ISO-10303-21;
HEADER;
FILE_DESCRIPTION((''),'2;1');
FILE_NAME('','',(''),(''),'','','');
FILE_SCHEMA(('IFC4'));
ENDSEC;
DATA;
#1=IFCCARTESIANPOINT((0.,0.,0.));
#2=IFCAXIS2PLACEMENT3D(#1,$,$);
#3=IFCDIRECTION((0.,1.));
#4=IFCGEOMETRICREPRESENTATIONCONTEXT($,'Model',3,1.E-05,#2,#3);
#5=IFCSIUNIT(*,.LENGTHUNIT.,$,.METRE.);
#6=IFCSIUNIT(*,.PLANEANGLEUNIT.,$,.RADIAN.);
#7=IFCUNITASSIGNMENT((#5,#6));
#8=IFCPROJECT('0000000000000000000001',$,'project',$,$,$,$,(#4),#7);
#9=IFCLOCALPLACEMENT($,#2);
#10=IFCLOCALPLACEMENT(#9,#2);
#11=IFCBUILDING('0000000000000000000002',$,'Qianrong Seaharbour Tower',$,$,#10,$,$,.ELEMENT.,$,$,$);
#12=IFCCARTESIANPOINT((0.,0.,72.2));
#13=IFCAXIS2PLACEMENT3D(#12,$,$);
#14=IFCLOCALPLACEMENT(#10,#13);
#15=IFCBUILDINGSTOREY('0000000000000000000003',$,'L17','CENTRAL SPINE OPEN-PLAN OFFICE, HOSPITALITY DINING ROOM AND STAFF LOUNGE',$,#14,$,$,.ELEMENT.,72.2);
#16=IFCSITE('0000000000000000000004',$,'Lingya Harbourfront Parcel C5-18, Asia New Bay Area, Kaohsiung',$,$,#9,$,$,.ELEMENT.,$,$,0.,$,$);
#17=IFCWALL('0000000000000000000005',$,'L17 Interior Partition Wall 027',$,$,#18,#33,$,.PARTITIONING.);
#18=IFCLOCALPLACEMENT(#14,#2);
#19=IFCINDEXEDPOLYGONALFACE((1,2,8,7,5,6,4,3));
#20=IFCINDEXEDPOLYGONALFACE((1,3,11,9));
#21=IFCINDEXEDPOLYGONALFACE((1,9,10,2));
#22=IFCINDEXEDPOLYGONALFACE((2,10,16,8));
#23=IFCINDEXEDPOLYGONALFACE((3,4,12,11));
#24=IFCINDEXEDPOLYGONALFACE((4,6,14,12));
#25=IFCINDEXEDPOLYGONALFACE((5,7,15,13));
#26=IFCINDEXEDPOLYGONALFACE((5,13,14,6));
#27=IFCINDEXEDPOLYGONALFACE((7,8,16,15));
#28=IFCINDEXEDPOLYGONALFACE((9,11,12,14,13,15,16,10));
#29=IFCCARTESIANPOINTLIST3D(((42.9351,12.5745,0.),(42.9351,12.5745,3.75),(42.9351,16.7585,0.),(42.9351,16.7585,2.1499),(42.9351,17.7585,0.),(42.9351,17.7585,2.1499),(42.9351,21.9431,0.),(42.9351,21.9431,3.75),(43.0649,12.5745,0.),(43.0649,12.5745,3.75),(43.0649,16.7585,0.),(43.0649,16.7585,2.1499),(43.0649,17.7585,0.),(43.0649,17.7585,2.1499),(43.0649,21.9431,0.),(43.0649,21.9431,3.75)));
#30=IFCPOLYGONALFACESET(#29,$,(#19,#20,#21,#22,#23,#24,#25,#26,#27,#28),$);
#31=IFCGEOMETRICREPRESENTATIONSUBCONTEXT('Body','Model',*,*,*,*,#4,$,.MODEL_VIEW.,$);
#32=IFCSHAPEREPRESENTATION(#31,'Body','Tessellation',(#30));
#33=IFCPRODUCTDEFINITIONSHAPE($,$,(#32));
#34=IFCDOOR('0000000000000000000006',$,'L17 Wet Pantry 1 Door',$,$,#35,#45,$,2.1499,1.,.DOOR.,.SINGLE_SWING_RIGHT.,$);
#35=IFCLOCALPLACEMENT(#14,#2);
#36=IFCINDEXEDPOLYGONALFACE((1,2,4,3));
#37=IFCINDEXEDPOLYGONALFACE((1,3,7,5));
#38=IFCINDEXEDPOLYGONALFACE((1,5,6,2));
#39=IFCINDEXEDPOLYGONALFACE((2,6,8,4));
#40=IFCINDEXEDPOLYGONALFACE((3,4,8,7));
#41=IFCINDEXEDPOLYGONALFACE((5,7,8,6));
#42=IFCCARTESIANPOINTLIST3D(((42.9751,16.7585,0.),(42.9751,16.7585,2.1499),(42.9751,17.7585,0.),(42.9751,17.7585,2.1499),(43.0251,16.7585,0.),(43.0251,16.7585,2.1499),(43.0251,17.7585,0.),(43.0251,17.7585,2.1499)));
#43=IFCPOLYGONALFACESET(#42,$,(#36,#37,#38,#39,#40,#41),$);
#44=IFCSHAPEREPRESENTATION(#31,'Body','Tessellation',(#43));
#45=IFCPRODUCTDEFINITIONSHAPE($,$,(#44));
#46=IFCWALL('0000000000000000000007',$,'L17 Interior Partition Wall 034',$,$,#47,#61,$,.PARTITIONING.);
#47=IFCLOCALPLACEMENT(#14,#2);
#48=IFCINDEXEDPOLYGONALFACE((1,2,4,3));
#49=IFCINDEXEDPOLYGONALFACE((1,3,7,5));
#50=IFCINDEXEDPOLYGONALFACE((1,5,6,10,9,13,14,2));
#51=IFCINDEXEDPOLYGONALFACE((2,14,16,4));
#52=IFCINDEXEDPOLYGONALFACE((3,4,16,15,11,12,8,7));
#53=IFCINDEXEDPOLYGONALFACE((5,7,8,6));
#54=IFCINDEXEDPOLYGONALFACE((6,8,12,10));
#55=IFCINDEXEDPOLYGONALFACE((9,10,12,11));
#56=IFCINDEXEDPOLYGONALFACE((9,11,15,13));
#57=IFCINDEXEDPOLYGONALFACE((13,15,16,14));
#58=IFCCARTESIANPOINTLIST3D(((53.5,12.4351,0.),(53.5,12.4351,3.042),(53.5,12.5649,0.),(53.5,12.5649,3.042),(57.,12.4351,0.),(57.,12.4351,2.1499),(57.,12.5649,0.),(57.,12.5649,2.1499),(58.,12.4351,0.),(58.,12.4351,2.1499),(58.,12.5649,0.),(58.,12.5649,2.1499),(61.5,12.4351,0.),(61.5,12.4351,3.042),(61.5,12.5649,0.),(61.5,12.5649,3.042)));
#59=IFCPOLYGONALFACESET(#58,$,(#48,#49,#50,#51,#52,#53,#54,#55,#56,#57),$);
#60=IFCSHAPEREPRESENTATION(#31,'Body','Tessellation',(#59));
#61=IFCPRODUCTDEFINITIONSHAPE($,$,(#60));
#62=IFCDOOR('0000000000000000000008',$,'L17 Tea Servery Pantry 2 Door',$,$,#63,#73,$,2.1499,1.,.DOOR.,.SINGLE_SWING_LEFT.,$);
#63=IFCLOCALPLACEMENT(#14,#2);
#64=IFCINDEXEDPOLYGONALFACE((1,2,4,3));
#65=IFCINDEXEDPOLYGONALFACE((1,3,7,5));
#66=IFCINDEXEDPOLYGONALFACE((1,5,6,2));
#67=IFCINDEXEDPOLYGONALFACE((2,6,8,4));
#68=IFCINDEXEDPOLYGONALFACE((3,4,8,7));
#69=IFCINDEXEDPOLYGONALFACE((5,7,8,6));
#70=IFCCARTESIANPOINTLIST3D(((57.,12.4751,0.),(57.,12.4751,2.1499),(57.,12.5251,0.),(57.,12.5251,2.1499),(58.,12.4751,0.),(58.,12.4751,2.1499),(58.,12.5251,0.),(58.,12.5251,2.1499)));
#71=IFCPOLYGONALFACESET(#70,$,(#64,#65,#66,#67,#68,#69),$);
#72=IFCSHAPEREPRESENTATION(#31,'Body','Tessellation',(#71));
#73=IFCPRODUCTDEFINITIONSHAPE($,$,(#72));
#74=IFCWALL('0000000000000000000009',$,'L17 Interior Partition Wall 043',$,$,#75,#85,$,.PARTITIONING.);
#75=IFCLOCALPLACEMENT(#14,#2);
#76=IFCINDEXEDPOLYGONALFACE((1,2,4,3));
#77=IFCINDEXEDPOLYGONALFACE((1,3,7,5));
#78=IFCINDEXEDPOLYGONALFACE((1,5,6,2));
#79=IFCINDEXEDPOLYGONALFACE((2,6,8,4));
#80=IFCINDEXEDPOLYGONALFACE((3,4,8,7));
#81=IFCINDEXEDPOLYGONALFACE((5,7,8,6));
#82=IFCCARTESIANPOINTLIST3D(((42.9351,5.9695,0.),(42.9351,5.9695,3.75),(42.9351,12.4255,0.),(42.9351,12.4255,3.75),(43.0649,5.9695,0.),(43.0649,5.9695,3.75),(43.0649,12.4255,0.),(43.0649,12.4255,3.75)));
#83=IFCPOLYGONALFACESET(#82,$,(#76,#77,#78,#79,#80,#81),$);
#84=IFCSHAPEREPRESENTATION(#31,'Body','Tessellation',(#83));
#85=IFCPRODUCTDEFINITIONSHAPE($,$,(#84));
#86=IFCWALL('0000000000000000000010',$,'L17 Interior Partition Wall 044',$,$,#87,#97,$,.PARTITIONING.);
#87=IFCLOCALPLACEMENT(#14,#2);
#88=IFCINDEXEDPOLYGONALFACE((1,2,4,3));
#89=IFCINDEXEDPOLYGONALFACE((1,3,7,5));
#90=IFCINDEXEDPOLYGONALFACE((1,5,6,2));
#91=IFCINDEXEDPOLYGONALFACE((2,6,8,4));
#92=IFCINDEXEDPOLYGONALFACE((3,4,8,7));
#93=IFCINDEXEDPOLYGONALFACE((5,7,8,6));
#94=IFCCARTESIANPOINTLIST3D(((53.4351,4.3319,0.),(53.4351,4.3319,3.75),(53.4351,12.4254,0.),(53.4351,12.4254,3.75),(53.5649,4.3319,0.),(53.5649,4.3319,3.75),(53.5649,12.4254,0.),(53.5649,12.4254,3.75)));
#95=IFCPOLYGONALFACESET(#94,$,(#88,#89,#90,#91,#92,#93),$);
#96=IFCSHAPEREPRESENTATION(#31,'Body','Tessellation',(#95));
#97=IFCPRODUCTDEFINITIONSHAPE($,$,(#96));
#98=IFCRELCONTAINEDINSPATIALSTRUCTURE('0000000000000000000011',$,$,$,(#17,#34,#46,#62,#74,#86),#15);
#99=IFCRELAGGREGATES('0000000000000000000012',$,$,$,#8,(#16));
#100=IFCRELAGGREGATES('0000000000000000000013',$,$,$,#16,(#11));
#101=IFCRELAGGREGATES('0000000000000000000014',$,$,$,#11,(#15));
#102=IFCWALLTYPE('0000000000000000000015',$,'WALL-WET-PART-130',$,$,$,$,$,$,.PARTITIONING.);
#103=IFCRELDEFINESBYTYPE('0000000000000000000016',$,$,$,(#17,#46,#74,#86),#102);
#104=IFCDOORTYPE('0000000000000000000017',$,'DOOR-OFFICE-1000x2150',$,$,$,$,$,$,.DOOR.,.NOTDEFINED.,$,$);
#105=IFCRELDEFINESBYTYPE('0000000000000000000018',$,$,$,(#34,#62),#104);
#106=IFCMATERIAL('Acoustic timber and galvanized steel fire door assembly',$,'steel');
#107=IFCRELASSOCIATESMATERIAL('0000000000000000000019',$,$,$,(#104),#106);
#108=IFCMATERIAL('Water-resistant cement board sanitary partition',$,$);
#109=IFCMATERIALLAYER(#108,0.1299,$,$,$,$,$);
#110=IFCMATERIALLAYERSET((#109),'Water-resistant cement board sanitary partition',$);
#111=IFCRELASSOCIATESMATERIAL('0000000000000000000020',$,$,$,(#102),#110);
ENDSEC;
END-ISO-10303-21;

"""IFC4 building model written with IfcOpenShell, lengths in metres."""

from ifc_helpers import new_model, si_unit, direction, frame, frame_2d, origin, place, context, subcontext, project, spatial, rectangle, extrude, material, layer, layer_set, type_object, element, fill, save


model = new_model("IFC4")

# Units and contexts
model_context = context("Model", 3, precision=1e-05, world=origin(), true_north=direction((0.0, 1.0)))
body_context = subcontext(model_context, "Body", "Model", "MODEL_VIEW")
ifc_project = project(units=[si_unit("LENGTHUNIT", "METRE"), si_unit("PLANEANGLEUNIT", "RADIAN")], contexts=[model_context])

# Site, building, storey
site_placement = place(None, origin())
site = spatial("IfcSite", under=ifc_project, at=site_placement, Name="Lingya Harbourfront Parcel C5-18, Asia New Bay Area, Kaohsiung", CompositionType="ELEMENT", RefElevation=0.0)
building_placement = place(site_placement, origin())
building = spatial("IfcBuilding", under=site, at=building_placement, Name="Qianrong Seaharbour Tower", CompositionType="ELEMENT")
storey_placement = place(building_placement, frame((0.0, 0.0, 72.2)))
storey = spatial("IfcBuildingStorey", under=building, at=storey_placement, Name="L17", Description="CENTRAL SPINE OPEN-PLAN OFFICE, HOSPITALITY DINING ROOM AND STAFF LOUNGE", CompositionType="ELEMENT", Elevation=72.2)

# Shared definitions
ifc_material_1 = material(Name="Acoustic timber and galvanized steel fire door assembly", Category="steel")
door_type = type_object("IfcDoorType", Name="DOOR-OFFICE-1000x2150", OperationType="NOTDEFINED", PredefinedType="DOOR", material=ifc_material_1)

# Walls, openings, doors
ifc_material_2 = material(Name="Water-resistant cement board sanitary partition")
ifc_layer_1 = layer(ifc_material_2, 0.1299)
ifc_layer_set_1 = layer_set([ifc_layer_1], Name="Water-resistant cement board sanitary partition")
wall_type_1 = type_object("IfcWallType", Name="WALL-WET-PART-130", PredefinedType="PARTITIONING", material=ifc_layer_set_1)
wall_1_placement = place(storey_placement, frame((43.0, 12.5745, 0.0), z_axis=(0.0, 0.0, 1.0), x_axis=(0.0, 1.0, 0.0)))
wall_1 = element("IfcWall", 1, at=wall_1_placement, inside=storey, type_object=wall_type_1, Name="L17 Interior Partition Wall 027", PredefinedType="PARTITIONING", context=body_context, shape_type="SweptSolid", body=[
    extrude(rectangle(XDim=9.3687, YDim=0.1299, at=frame_2d((4.6843, 0.0))), origin(), (0.0, 0.0, 1.0), 3.75),
])
opening_1_placement = place(wall_1_placement, frame((4.1841, 0.0, 0.0)))
opening_1 = element("IfcOpeningElement", 2, at=opening_1_placement, cuts=wall_1, PredefinedType="OPENING", context=body_context, shape_type="SweptSolid", body=[
    extrude(rectangle(XDim=1.0, YDim=2.1499, at=frame_2d((0.5, 1.075))), frame((0.0, 0.075, 0.0), z_axis=(0.0, -1.0, 0.0), x_axis=(1.0, 0.0, 0.0)), (0.0, 0.0, 1.0), 0.1499),
])
door_1_placement = place(opening_1_placement, origin())
door_1 = element("IfcDoor", 3, at=door_1_placement, inside=storey, type_object=door_type, Name="L17 Wet Pantry 1 Door", OperationType="SINGLE_SWING_RIGHT", OverallHeight=2.1499, OverallWidth=1.0, PredefinedType="DOOR", context=body_context, shape_type="SweptSolid", body=[
    extrude(rectangle(XDim=1.0, YDim=2.1499, at=frame_2d((0.5, 1.075))), frame((0.0, 0.0249, 0.0), z_axis=(0.0, -1.0, 0.0), x_axis=(1.0, 0.0, 0.0)), (0.0, 0.0, 1.0), 0.05),
])
fill(opening_1, door_1)
wall_2_placement = place(storey_placement, frame((61.5, 12.5, 0.0), z_axis=(0.0, 0.0, 1.0), x_axis=(-1.0, 0.0, 0.0)))
wall_2 = element("IfcWall", 4, at=wall_2_placement, inside=storey, type_object=wall_type_1, Name="L17 Interior Partition Wall 034", PredefinedType="PARTITIONING", context=body_context, shape_type="SweptSolid", body=[
    extrude(rectangle(XDim=8.0, YDim=0.1299, at=frame_2d((4.0, 0.0))), origin(), (0.0, 0.0, 1.0), 3.042),
])
opening_2_placement = place(wall_2_placement, frame((3.5, 0.0, 0.0)))
opening_2 = element("IfcOpeningElement", 5, at=opening_2_placement, cuts=wall_2, PredefinedType="OPENING", context=body_context, shape_type="SweptSolid", body=[
    extrude(rectangle(XDim=1.0, YDim=2.1499, at=frame_2d((0.5, 1.075))), frame((0.0, 0.075, 0.0), z_axis=(0.0, -1.0, 0.0), x_axis=(1.0, 0.0, 0.0)), (0.0, 0.0, 1.0), 0.1499),
])
door_2_placement = place(opening_2_placement, origin())
door_2 = element("IfcDoor", 6, at=door_2_placement, inside=storey, type_object=door_type, Name="L17 Tea Servery Pantry 2 Door", OperationType="SINGLE_SWING_LEFT", OverallHeight=2.1499, OverallWidth=1.0, PredefinedType="DOOR", context=body_context, shape_type="SweptSolid", body=[
    extrude(rectangle(XDim=1.0, YDim=2.1499, at=frame_2d((0.5, 1.075))), frame((0.0, 0.0249, 0.0), z_axis=(0.0, -1.0, 0.0), x_axis=(1.0, 0.0, 0.0)), (0.0, 0.0, 1.0), 0.05),
])
fill(opening_2, door_2)

# Walls
wall_3_placement = place(storey_placement, frame((43.0, 12.4255, 0.0), z_axis=(0.0, 0.0, 1.0), x_axis=(0.0, -1.0, 0.0)))
element("IfcWall", 7, at=wall_3_placement, inside=storey, type_object=wall_type_1, Name="L17 Interior Partition Wall 043", PredefinedType="PARTITIONING", context=body_context, shape_type="SweptSolid", body=[
    extrude(rectangle(XDim=6.4561, YDim=0.1299, at=frame_2d((3.228, 0.0))), origin(), (0.0, 0.0, 1.0), 3.75),
])
wall_4_placement = place(storey_placement, frame((53.5, 12.4255, 0.0), z_axis=(0.0, 0.0, 1.0), x_axis=(0.0, -1.0, 0.0)))
element("IfcWall", 8, at=wall_4_placement, inside=storey, type_object=wall_type_1, Name="L17 Interior Partition Wall 044", PredefinedType="PARTITIONING", context=body_context, shape_type="SweptSolid", body=[
    extrude(rectangle(XDim=8.0935, YDim=0.1299, at=frame_2d((4.0469, 0.0))), origin(), (0.0, 0.0, 1.0), 3.75),
])

save(model, "model.ifc")
